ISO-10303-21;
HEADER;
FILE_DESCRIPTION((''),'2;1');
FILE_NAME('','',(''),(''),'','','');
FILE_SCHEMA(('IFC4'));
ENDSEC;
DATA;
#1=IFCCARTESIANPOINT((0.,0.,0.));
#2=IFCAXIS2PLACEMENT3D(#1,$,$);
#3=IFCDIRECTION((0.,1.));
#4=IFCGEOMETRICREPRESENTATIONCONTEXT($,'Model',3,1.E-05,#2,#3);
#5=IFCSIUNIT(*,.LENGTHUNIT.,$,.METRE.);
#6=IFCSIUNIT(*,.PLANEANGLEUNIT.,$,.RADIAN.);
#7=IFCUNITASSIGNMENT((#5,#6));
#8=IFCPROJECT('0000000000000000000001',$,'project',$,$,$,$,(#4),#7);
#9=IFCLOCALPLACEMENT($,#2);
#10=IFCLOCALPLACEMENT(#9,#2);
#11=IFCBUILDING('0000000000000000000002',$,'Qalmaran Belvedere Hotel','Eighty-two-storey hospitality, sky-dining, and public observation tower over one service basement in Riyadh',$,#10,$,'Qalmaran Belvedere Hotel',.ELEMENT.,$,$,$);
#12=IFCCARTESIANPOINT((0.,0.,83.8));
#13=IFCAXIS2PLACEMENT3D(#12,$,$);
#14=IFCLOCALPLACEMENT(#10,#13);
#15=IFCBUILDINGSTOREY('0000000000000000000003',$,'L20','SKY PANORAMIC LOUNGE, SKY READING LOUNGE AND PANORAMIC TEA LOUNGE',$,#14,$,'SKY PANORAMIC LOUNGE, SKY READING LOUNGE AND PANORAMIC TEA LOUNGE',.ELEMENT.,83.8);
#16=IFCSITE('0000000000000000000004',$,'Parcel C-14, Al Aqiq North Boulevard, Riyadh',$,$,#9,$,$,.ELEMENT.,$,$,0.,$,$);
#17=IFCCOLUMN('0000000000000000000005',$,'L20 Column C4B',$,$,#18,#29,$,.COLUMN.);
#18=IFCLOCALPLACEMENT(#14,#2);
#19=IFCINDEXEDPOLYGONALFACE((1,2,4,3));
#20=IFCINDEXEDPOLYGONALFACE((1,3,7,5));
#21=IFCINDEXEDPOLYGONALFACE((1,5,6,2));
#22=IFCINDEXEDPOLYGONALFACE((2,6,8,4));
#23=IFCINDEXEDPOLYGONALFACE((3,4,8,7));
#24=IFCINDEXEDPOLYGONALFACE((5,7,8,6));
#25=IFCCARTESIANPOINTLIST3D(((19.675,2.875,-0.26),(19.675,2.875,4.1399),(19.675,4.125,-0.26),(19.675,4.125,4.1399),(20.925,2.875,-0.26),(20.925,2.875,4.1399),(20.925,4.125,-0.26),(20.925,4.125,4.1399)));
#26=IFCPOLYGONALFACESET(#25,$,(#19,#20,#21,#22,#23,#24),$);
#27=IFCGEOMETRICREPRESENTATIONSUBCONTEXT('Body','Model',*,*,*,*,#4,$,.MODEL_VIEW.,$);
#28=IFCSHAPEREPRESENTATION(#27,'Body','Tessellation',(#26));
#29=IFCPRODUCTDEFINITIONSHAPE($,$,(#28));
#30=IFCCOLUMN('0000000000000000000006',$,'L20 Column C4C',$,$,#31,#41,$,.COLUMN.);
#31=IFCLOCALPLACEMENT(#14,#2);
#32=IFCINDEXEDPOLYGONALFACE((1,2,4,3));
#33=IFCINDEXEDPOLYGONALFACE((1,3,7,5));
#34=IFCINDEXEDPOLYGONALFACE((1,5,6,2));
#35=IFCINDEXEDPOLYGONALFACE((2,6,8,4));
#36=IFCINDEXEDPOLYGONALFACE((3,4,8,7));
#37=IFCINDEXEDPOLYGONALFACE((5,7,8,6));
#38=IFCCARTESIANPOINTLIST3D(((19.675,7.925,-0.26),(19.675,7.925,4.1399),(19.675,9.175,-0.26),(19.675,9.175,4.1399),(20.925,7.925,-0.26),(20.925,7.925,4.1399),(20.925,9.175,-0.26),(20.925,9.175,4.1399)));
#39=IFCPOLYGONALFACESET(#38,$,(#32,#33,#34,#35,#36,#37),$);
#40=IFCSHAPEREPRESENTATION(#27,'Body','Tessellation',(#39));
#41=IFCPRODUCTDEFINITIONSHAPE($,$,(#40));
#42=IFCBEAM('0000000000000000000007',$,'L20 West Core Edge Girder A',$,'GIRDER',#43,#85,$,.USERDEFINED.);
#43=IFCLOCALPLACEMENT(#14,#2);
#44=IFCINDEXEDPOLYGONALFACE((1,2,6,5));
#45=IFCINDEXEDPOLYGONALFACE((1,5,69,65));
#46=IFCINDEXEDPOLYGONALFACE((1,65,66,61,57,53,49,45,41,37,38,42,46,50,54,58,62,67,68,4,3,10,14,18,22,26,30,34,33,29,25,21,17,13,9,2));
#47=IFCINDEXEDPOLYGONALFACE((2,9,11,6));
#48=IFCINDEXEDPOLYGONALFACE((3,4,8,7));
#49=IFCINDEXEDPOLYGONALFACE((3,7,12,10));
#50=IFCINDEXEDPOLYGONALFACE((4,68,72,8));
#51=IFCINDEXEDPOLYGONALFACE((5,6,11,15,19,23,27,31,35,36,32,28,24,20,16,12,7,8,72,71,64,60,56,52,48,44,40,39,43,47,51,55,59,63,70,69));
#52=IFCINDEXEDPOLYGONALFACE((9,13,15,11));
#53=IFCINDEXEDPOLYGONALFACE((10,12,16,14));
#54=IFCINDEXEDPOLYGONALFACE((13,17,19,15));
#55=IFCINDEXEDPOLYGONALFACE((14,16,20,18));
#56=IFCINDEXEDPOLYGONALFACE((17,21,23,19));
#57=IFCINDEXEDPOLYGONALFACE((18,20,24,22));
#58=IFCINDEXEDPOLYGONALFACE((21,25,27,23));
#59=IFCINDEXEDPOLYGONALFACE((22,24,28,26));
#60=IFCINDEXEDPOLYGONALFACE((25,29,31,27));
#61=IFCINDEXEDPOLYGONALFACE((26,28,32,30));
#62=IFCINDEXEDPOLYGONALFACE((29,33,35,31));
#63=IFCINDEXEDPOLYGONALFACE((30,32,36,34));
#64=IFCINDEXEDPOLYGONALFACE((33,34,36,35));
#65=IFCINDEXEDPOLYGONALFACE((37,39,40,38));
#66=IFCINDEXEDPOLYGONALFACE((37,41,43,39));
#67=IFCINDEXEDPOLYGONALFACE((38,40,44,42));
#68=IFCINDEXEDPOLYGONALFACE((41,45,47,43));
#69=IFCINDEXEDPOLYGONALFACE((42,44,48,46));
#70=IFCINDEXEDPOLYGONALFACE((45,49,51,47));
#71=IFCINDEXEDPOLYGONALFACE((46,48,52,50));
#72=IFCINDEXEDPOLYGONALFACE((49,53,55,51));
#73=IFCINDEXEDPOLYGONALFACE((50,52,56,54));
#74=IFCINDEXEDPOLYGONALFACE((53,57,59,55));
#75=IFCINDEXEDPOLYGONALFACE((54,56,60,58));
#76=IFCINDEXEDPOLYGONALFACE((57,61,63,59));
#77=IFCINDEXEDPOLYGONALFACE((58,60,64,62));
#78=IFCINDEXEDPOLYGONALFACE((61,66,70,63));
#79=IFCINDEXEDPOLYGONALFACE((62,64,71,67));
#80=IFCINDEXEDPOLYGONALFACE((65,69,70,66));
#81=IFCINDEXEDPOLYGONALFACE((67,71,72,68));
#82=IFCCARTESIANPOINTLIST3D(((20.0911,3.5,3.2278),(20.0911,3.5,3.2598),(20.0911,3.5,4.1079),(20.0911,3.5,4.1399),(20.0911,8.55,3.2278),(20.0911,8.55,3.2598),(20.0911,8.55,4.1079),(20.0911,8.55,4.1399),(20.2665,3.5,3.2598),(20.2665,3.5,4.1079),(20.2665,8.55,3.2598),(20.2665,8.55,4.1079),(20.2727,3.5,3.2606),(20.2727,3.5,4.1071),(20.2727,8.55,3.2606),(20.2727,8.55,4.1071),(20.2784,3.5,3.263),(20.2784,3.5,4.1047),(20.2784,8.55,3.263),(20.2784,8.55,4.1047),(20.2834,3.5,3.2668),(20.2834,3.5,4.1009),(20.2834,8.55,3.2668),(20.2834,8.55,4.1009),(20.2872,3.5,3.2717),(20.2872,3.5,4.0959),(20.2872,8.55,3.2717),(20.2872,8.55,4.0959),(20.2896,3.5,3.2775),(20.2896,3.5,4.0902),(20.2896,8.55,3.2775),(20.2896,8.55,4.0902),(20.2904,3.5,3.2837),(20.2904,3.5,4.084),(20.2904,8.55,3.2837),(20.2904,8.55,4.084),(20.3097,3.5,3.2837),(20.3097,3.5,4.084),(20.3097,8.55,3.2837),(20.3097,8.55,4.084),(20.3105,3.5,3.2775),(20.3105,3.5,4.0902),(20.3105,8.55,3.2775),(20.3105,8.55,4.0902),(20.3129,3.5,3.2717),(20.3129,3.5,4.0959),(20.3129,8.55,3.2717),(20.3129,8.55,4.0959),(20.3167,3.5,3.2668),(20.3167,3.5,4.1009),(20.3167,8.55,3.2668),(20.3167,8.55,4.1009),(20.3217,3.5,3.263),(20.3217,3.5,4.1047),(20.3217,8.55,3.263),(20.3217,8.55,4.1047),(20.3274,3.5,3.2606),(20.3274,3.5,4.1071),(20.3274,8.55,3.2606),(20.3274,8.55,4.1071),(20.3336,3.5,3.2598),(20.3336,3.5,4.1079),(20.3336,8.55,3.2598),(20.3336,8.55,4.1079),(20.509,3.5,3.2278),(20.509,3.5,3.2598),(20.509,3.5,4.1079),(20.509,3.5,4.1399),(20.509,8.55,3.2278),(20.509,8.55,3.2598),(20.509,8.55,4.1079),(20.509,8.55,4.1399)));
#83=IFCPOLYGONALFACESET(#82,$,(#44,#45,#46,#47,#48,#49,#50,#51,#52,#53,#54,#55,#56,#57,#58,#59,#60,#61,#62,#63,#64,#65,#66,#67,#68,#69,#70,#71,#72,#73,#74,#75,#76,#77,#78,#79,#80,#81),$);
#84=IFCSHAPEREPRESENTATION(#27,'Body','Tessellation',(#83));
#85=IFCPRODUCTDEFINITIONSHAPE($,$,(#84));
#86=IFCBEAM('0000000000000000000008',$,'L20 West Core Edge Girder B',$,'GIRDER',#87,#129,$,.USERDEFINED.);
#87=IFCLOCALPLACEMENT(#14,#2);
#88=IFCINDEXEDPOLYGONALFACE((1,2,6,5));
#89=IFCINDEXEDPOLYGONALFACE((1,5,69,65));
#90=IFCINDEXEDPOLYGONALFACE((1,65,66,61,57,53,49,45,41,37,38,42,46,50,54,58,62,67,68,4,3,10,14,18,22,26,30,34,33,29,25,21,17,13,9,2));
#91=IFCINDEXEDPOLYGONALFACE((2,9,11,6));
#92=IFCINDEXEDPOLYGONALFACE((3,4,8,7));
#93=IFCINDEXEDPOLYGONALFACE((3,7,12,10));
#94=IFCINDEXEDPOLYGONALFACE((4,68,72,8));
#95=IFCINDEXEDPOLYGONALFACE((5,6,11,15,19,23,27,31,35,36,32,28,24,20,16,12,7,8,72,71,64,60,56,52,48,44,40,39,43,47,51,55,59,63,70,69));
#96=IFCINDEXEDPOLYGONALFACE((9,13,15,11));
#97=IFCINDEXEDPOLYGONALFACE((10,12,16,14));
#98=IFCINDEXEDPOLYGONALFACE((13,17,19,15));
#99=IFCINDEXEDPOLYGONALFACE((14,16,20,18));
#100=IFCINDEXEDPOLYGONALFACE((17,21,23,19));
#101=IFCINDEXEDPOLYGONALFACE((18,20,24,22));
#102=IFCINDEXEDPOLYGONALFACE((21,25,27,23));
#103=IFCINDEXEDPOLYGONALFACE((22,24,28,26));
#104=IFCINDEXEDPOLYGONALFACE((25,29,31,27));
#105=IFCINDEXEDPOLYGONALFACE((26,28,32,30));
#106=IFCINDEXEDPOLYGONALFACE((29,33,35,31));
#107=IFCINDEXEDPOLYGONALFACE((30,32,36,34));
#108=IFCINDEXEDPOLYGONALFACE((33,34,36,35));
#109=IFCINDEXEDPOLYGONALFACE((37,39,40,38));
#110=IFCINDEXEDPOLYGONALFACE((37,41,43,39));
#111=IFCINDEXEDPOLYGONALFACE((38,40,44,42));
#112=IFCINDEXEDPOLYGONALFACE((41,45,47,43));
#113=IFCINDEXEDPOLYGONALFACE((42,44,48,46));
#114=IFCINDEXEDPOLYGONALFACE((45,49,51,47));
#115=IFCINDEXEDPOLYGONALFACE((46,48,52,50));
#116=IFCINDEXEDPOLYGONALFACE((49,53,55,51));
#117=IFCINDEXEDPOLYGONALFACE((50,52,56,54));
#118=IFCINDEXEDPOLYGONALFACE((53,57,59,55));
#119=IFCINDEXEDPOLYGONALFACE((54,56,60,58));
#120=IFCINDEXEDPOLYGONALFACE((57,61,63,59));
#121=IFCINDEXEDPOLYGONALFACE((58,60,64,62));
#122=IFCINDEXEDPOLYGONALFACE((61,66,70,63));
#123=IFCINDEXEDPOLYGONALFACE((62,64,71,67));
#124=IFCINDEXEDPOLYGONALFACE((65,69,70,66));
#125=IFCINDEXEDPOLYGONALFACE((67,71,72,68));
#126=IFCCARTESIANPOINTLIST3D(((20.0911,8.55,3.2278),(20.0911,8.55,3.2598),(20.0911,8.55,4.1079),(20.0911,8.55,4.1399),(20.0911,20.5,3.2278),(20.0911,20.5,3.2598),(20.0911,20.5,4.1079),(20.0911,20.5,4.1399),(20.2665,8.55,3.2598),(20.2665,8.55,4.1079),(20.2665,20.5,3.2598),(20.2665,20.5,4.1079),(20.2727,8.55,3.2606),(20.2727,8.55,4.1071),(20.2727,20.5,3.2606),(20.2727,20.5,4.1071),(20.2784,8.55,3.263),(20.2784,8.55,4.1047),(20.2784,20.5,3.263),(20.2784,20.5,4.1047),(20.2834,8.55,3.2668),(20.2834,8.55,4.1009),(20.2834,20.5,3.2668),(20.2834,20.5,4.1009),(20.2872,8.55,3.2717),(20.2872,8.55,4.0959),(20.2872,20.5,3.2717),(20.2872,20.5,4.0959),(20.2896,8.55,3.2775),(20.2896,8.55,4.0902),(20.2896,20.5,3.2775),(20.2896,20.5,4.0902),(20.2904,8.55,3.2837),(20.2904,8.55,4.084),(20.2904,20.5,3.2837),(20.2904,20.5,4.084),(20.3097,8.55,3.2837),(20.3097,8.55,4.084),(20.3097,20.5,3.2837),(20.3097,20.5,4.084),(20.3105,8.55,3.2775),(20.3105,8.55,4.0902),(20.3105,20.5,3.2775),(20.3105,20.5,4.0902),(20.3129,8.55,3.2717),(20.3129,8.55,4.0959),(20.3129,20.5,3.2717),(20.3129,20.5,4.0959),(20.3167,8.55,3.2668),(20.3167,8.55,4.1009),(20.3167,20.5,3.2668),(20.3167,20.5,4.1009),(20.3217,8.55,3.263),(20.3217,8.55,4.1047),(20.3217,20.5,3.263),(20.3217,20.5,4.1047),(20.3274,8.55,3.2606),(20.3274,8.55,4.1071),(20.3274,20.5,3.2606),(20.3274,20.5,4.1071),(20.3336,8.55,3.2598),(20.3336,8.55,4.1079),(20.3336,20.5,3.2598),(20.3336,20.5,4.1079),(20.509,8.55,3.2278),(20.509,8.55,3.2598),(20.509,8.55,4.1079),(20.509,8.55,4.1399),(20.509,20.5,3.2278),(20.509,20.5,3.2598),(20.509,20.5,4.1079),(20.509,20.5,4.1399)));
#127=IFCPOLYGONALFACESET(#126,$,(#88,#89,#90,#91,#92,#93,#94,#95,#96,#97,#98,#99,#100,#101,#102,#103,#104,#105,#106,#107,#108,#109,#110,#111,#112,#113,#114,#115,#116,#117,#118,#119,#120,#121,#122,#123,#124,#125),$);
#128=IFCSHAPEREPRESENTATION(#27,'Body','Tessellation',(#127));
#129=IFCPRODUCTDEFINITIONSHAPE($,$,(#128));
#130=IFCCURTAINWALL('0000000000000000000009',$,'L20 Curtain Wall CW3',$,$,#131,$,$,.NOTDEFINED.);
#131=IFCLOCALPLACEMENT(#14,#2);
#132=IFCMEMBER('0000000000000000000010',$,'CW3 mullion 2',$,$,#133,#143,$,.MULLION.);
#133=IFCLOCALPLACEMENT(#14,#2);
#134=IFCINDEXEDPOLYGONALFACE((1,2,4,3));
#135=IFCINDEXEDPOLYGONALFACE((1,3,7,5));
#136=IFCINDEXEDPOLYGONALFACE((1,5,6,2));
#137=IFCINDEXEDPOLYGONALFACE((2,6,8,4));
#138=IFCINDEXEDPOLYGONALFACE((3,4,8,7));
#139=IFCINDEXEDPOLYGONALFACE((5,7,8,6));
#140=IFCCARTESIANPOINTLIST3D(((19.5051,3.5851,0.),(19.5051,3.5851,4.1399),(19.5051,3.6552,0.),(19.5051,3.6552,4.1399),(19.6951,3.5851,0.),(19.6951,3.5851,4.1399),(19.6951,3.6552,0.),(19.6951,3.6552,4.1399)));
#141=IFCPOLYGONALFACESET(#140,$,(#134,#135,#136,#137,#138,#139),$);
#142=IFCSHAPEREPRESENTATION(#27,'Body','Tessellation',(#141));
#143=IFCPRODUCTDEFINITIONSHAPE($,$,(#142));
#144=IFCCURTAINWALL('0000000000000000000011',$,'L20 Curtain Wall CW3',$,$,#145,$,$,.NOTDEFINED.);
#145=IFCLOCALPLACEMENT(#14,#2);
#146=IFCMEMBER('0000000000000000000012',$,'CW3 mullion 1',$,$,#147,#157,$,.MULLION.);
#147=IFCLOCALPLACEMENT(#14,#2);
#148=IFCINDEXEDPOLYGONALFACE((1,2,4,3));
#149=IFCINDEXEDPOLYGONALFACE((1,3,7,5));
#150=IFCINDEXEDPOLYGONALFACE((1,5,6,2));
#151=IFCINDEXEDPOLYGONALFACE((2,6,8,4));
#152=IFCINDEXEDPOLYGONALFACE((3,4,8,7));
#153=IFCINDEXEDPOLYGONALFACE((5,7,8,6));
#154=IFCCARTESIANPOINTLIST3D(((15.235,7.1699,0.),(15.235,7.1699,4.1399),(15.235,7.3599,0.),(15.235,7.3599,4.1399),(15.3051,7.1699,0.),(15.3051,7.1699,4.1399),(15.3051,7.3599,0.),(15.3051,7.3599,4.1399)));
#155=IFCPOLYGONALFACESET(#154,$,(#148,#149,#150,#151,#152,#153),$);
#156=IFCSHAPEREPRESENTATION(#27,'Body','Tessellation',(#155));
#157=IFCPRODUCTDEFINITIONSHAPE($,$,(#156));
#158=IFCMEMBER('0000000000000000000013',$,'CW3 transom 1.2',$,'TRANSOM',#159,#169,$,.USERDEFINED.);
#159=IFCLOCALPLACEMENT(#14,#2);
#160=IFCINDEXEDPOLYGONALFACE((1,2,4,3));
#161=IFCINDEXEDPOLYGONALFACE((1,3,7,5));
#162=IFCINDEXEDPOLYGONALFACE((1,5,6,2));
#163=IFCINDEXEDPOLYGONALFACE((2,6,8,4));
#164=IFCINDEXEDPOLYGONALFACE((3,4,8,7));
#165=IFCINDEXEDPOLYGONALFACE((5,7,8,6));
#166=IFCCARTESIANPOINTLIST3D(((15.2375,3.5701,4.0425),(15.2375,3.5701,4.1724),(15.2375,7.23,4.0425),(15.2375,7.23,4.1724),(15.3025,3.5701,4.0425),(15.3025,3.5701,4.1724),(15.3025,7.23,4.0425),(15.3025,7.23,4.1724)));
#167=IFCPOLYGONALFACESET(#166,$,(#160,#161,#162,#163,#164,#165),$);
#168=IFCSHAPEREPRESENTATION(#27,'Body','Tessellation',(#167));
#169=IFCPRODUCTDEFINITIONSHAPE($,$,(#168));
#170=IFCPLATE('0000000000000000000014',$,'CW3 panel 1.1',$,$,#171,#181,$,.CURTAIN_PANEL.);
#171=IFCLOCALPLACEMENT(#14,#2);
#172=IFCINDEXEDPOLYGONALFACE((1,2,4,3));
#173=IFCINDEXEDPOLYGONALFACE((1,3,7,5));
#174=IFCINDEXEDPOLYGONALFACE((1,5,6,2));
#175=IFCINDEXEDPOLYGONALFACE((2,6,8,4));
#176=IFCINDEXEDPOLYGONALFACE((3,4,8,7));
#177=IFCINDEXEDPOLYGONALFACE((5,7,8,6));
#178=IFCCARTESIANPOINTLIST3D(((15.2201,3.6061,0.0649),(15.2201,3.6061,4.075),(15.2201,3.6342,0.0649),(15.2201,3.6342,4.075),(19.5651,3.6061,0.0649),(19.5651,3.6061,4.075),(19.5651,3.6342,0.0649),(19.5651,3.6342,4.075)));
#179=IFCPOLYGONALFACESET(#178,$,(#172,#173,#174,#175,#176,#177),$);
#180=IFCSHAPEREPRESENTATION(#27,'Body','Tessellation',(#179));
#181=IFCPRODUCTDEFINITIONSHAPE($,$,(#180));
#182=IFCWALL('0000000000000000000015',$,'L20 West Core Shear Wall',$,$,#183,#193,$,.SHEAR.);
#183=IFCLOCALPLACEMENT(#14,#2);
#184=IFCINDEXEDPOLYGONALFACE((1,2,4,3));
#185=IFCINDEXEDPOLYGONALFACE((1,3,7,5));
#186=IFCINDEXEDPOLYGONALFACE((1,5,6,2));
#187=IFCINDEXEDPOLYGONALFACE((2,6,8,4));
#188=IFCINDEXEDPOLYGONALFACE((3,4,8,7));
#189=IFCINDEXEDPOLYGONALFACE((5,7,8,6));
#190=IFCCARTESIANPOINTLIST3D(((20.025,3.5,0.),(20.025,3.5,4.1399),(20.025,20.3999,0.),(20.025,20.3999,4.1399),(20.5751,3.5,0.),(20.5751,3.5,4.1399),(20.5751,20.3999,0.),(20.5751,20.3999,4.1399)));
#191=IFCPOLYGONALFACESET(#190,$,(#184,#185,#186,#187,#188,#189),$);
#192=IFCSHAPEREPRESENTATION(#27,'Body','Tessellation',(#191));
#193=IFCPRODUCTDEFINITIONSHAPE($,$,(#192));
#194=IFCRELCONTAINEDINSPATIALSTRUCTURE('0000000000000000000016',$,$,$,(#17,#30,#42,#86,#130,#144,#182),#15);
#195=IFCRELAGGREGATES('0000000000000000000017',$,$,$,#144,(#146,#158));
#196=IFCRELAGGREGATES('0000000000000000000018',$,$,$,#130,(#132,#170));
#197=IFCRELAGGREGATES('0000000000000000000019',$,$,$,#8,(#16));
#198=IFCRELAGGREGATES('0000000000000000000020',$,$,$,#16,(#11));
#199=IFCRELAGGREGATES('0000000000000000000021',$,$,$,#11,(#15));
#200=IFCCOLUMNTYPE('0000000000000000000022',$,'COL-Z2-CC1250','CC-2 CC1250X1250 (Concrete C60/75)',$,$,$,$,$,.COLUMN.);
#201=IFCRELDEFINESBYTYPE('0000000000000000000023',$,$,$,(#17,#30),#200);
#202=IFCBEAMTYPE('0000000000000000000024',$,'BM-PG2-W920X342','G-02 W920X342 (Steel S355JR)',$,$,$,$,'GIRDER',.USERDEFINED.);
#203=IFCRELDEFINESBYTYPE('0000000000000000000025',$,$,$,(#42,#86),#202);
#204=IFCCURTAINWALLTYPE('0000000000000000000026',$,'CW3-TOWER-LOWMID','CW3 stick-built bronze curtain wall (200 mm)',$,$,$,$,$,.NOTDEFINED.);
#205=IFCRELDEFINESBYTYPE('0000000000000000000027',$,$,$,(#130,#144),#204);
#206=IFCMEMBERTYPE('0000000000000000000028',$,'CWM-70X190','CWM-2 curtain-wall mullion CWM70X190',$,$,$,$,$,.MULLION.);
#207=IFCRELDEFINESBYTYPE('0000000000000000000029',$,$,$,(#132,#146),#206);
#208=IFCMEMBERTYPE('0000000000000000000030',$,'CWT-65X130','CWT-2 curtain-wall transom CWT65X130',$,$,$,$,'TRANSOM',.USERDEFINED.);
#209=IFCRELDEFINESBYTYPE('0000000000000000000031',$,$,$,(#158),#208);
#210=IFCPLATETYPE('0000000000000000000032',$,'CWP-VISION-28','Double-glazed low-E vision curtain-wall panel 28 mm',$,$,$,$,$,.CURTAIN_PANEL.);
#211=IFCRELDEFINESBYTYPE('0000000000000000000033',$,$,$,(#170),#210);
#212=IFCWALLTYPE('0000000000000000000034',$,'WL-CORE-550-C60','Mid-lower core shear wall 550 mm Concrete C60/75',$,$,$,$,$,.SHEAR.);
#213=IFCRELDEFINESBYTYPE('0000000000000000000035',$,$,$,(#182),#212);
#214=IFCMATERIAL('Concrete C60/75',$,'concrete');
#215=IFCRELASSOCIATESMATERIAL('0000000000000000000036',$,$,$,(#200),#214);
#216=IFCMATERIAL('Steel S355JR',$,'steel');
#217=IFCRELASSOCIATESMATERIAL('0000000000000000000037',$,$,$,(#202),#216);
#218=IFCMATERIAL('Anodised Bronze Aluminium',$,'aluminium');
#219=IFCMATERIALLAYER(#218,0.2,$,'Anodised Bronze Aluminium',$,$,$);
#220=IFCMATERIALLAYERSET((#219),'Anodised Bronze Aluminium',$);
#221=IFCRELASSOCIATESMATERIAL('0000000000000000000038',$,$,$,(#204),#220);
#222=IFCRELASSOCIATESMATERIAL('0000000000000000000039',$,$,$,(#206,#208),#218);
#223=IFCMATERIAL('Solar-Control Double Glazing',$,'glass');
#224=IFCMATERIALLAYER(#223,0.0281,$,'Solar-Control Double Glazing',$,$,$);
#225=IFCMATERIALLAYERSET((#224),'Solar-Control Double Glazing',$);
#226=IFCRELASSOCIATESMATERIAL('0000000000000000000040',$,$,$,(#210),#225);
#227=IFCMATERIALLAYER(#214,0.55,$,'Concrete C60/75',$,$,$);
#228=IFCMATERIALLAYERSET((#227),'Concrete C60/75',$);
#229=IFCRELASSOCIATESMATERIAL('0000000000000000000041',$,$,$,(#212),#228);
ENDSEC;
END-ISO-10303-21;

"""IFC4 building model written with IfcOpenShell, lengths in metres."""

from ifc_helpers import new_model, si_unit, direction, frame, frame_2d, origin, origin_2d, place, context, subcontext, project, spatial, rectangle, i_section, extrude, material, layer, layer_set, material_profile, profile_set, type_object, element, aggregate, save


model = new_model("IFC4")

# Units and contexts
model_context = context("Model", 3, precision=1e-05, world=origin(), true_north=direction((0.0, 1.0)))
body_context = subcontext(model_context, "Body", "Model", "MODEL_VIEW")
ifc_project = project(units=[si_unit("LENGTHUNIT", "METRE"), si_unit("PLANEANGLEUNIT", "RADIAN")], contexts=[model_context])

# Site, building, storey
site_placement = place(None, origin())
site = spatial("IfcSite", under=ifc_project, at=site_placement, Name="Parcel C-14, Al Aqiq North Boulevard, Riyadh", CompositionType="ELEMENT", RefElevation=0.0)
building_placement = place(site_placement, origin())
building = spatial("IfcBuilding", under=site, at=building_placement, Name="Qalmaran Belvedere Hotel", Description="Eighty-two-storey hospitality, sky-dining, and public observation tower over one service basement in Riyadh", LongName="Qalmaran Belvedere Hotel", CompositionType="ELEMENT")
storey_placement = place(building_placement, frame((0.0, 0.0, 83.8)))
storey = spatial("IfcBuildingStorey", under=building, at=storey_placement, Name="L20", Description="SKY PANORAMIC LOUNGE, SKY READING LOUNGE AND PANORAMIC TEA LOUNGE", LongName="SKY PANORAMIC LOUNGE, SKY READING LOUNGE AND PANORAMIC TEA LOUNGE", CompositionType="ELEMENT", Elevation=83.8)

# Columns
ifc_material_1 = material(Name="Concrete C60/75", Category="concrete")
ifc_material_profile_1 = material_profile(ifc_material_1, rectangle(XDim=1.25, YDim=1.25, at=origin_2d()), Name="CC1250X1250")
ifc_profile_set_1 = profile_set([ifc_material_profile_1], Name="Concrete C60/75")
column_type = type_object("IfcColumnType", Name="COL-Z2-CC1250", Description="CC-2 CC1250X1250 (Concrete C60/75)", PredefinedType="COLUMN", material=ifc_profile_set_1)
for number, where, z_axis, x_axis, name in (
    (1, (20.3, 3.5, -0.26), (0.0, 0.0, 1.0), (1.0, 0.0, 0.0), "L20 Column C4B"),
    (2, (20.3, 8.55, -0.26), (0.0, 0.0, 1.0), (1.0, 0.0, 0.0), "L20 Column C4C"),
):
    element("IfcColumn", number, at=place(storey_placement, frame(where, z_axis=z_axis, x_axis=x_axis)), inside=storey, type_object=column_type, Name=name, PredefinedType="COLUMN", context=body_context, shape_type="SweptSolid", body=[
        extrude(rectangle(XDim=1.25, YDim=1.25, at=origin_2d()), origin(), (0.0, 0.0, 1.0), 4.3999),
    ])

# Beams
ifc_material_2 = material(Name="Steel S355JR", Category="steel")
ifc_material_profile_2 = material_profile(ifc_material_2, i_section(OverallWidth=0.418, OverallDepth=0.9121, WebThickness=0.0193, FlangeThickness=0.032, FilletRadius=0.0239, at=origin_2d()), Name="W920X342")
ifc_profile_set_2 = profile_set([ifc_material_profile_2], Name="Steel S355JR")
beam_type = type_object("IfcBeamType", Name="BM-PG2-W920X342", Description="G-02 W920X342 (Steel S355JR)", ElementType="GIRDER", PredefinedType="USERDEFINED", material=ifc_profile_set_2)
beam_1_placement = place(storey_placement, frame((20.3, 3.5, 3.6838), z_axis=(0.0, 1.0, 0.0), x_axis=(-1.0, 0.0, 0.0)))
element("IfcBeam", 3, at=beam_1_placement, inside=storey, type_object=beam_type, Name="L20 West Core Edge Girder A", ObjectType="GIRDER", PredefinedType="USERDEFINED", context=body_context, shape_type="SweptSolid", body=[
    extrude(i_section(OverallWidth=0.418, OverallDepth=0.9121, WebThickness=0.0193, FlangeThickness=0.032, FilletRadius=0.0239, at=origin_2d()), origin(), (0.0, 0.0, 1.0), 5.05),
])
beam_2_placement = place(storey_placement, frame((20.3, 8.55, 3.6838), z_axis=(0.0, 1.0, 0.0), x_axis=(-1.0, 0.0, 0.0)))
element("IfcBeam", 4, at=beam_2_placement, inside=storey, type_object=beam_type, Name="L20 West Core Edge Girder B", ObjectType="GIRDER", PredefinedType="USERDEFINED", context=body_context, shape_type="SweptSolid", body=[
    extrude(i_section(OverallWidth=0.418, OverallDepth=0.9121, WebThickness=0.0193, FlangeThickness=0.032, FilletRadius=0.0239, at=origin_2d()), origin(), (0.0, 0.0, 1.0), 11.95),
])

# Curtain wall, member
ifc_material_3 = material(Name="Anodised Bronze Aluminium", Category="aluminium")
ifc_layer_1 = layer(ifc_material_3, 0.2, Name="Anodised Bronze Aluminium")
ifc_layer_set_1 = layer_set([ifc_layer_1], Name="Anodised Bronze Aluminium")
curtain_wall_type = type_object("IfcCurtainWallType", Name="CW3-TOWER-LOWMID", Description="CW3 stick-built bronze curtain wall (200 mm)", PredefinedType="NOTDEFINED", material=ifc_layer_set_1)
curtain_wall_1_placement = place(storey_placement, origin())
curtain_wall_1 = element("IfcCurtainWall", 5, at=curtain_wall_1_placement, inside=storey, type_object=curtain_wall_type, Name="L20 Curtain Wall CW3", PredefinedType="NOTDEFINED")
ifc_material_profile_3 = material_profile(ifc_material_3, rectangle(XDim=0.0701, YDim=0.1899, at=origin_2d()), Name="CWM70X190")
ifc_profile_set_3 = profile_set([ifc_material_profile_3], Name="Anodised Bronze Aluminium")
member_type_1 = type_object("IfcMemberType", Name="CWM-70X190", Description="CWM-2 curtain-wall mullion CWM70X190", PredefinedType="MULLION", material=ifc_profile_set_3)
member_1_placement = place(storey_placement, frame((19.6001, 3.6201, 0.0), z_axis=(0.0, 0.0, 1.0), x_axis=(0.0, 1.0, 0.0)))
member_1 = element("IfcMember", 6, at=member_1_placement, type_object=member_type_1, Name="CW3 mullion 2", PredefinedType="MULLION", context=body_context, shape_type="SweptSolid", body=[
    extrude(rectangle(XDim=0.0701, YDim=0.1899, at=origin_2d()), origin(), (0.0, 0.0, 1.0), 4.1399),
])

# Curtain wall, members
curtain_wall_2_placement = place(storey_placement, origin())
curtain_wall_2 = element("IfcCurtainWall", 7, at=curtain_wall_2_placement, inside=storey, type_object=curtain_wall_type, Name="L20 Curtain Wall CW3", PredefinedType="NOTDEFINED")
member_2_placement = place(storey_placement, frame((15.27, 7.2649, 0.0), z_axis=(0.0, 0.0, 1.0), x_axis=(1.0, 0.0, 0.0)))
member_2 = element("IfcMember", 8, at=member_2_placement, type_object=member_type_1, Name="CW3 mullion 1", PredefinedType="MULLION", context=body_context, shape_type="SweptSolid", body=[
    extrude(rectangle(XDim=0.0701, YDim=0.1899, at=origin_2d()), origin(), (0.0, 0.0, 1.0), 4.1399),
])
ifc_material_profile_4 = material_profile(ifc_material_3, rectangle(XDim=0.0649, YDim=0.1299, at=origin_2d()), Name="CWT65X130")
ifc_profile_set_4 = profile_set([ifc_material_profile_4], Name="Anodised Bronze Aluminium")
member_type_2 = type_object("IfcMemberType", Name="CWT-65X130", Description="CWT-2 curtain-wall transom CWT65X130", ElementType="TRANSOM", PredefinedType="USERDEFINED", material=ifc_profile_set_4)
member_3_placement = place(storey_placement, frame((15.27, 7.23, 4.1074), z_axis=(0.0, -1.0, 0.0), x_axis=(1.0, 0.0, 0.0)))
member_3 = element("IfcMember", 9, at=member_3_placement, type_object=member_type_2, Name="CW3 transom 1.2", ObjectType="TRANSOM", PredefinedType="USERDEFINED", context=body_context, shape_type="SweptSolid", body=[
    extrude(rectangle(XDim=0.0649, YDim=0.1299, at=origin_2d()), origin(), (0.0, 0.0, 1.0), 3.6599),
])
aggregate(curtain_wall_2, [member_2, member_3])

# Plate
ifc_material_4 = material(Name="Solar-Control Double Glazing", Category="glass")
ifc_layer_2 = layer(ifc_material_4, 0.0281, Name="Solar-Control Double Glazing")
ifc_layer_set_2 = layer_set([ifc_layer_2], Name="Solar-Control Double Glazing")
plate_type = type_object("IfcPlateType", Name="CWP-VISION-28", Description="Double-glazed low-E vision curtain-wall panel 28 mm", PredefinedType="CURTAIN_PANEL", material=ifc_layer_set_2)
plate_placement = place(storey_placement, frame((17.3926, 3.6201, 0.0649), z_axis=(0.0, 0.0, 1.0), x_axis=(1.0, 0.0, 0.0)))
plate = element("IfcPlate", 10, at=plate_placement, type_object=plate_type, Name="CW3 panel 1.1", PredefinedType="CURTAIN_PANEL", context=body_context, shape_type="SweptSolid", body=[
    extrude(rectangle(XDim=4.345, YDim=0.0281, at=origin_2d()), origin(), (0.0, 0.0, 1.0), 4.01),
])
aggregate(curtain_wall_1, [member_1, plate])

# Wall
ifc_layer_3 = layer(ifc_material_1, 0.55, Name="Concrete C60/75")
ifc_layer_set_3 = layer_set([ifc_layer_3], Name="Concrete C60/75")
wall_type_1 = type_object("IfcWallType", Name="WL-CORE-550-C60", Description="Mid-lower core shear wall 550 mm Concrete C60/75", PredefinedType="SHEAR", material=ifc_layer_set_3)
wall_1_placement = place(storey_placement, frame((20.3, 3.5, 0.0), z_axis=(0.0, 0.0, 1.0), x_axis=(0.0, 1.0, 0.0)))
element("IfcWall", 11, at=wall_1_placement, inside=storey, type_object=wall_type_1, Name="L20 West Core Shear Wall", PredefinedType="SHEAR", context=body_context, shape_type="SweptSolid", body=[
    extrude(rectangle(XDim=16.8999, YDim=0.55, at=frame_2d((8.45, 0.0))), origin(), (0.0, 0.0, 1.0), 4.1399),
])

save(model, "model.ifc")
